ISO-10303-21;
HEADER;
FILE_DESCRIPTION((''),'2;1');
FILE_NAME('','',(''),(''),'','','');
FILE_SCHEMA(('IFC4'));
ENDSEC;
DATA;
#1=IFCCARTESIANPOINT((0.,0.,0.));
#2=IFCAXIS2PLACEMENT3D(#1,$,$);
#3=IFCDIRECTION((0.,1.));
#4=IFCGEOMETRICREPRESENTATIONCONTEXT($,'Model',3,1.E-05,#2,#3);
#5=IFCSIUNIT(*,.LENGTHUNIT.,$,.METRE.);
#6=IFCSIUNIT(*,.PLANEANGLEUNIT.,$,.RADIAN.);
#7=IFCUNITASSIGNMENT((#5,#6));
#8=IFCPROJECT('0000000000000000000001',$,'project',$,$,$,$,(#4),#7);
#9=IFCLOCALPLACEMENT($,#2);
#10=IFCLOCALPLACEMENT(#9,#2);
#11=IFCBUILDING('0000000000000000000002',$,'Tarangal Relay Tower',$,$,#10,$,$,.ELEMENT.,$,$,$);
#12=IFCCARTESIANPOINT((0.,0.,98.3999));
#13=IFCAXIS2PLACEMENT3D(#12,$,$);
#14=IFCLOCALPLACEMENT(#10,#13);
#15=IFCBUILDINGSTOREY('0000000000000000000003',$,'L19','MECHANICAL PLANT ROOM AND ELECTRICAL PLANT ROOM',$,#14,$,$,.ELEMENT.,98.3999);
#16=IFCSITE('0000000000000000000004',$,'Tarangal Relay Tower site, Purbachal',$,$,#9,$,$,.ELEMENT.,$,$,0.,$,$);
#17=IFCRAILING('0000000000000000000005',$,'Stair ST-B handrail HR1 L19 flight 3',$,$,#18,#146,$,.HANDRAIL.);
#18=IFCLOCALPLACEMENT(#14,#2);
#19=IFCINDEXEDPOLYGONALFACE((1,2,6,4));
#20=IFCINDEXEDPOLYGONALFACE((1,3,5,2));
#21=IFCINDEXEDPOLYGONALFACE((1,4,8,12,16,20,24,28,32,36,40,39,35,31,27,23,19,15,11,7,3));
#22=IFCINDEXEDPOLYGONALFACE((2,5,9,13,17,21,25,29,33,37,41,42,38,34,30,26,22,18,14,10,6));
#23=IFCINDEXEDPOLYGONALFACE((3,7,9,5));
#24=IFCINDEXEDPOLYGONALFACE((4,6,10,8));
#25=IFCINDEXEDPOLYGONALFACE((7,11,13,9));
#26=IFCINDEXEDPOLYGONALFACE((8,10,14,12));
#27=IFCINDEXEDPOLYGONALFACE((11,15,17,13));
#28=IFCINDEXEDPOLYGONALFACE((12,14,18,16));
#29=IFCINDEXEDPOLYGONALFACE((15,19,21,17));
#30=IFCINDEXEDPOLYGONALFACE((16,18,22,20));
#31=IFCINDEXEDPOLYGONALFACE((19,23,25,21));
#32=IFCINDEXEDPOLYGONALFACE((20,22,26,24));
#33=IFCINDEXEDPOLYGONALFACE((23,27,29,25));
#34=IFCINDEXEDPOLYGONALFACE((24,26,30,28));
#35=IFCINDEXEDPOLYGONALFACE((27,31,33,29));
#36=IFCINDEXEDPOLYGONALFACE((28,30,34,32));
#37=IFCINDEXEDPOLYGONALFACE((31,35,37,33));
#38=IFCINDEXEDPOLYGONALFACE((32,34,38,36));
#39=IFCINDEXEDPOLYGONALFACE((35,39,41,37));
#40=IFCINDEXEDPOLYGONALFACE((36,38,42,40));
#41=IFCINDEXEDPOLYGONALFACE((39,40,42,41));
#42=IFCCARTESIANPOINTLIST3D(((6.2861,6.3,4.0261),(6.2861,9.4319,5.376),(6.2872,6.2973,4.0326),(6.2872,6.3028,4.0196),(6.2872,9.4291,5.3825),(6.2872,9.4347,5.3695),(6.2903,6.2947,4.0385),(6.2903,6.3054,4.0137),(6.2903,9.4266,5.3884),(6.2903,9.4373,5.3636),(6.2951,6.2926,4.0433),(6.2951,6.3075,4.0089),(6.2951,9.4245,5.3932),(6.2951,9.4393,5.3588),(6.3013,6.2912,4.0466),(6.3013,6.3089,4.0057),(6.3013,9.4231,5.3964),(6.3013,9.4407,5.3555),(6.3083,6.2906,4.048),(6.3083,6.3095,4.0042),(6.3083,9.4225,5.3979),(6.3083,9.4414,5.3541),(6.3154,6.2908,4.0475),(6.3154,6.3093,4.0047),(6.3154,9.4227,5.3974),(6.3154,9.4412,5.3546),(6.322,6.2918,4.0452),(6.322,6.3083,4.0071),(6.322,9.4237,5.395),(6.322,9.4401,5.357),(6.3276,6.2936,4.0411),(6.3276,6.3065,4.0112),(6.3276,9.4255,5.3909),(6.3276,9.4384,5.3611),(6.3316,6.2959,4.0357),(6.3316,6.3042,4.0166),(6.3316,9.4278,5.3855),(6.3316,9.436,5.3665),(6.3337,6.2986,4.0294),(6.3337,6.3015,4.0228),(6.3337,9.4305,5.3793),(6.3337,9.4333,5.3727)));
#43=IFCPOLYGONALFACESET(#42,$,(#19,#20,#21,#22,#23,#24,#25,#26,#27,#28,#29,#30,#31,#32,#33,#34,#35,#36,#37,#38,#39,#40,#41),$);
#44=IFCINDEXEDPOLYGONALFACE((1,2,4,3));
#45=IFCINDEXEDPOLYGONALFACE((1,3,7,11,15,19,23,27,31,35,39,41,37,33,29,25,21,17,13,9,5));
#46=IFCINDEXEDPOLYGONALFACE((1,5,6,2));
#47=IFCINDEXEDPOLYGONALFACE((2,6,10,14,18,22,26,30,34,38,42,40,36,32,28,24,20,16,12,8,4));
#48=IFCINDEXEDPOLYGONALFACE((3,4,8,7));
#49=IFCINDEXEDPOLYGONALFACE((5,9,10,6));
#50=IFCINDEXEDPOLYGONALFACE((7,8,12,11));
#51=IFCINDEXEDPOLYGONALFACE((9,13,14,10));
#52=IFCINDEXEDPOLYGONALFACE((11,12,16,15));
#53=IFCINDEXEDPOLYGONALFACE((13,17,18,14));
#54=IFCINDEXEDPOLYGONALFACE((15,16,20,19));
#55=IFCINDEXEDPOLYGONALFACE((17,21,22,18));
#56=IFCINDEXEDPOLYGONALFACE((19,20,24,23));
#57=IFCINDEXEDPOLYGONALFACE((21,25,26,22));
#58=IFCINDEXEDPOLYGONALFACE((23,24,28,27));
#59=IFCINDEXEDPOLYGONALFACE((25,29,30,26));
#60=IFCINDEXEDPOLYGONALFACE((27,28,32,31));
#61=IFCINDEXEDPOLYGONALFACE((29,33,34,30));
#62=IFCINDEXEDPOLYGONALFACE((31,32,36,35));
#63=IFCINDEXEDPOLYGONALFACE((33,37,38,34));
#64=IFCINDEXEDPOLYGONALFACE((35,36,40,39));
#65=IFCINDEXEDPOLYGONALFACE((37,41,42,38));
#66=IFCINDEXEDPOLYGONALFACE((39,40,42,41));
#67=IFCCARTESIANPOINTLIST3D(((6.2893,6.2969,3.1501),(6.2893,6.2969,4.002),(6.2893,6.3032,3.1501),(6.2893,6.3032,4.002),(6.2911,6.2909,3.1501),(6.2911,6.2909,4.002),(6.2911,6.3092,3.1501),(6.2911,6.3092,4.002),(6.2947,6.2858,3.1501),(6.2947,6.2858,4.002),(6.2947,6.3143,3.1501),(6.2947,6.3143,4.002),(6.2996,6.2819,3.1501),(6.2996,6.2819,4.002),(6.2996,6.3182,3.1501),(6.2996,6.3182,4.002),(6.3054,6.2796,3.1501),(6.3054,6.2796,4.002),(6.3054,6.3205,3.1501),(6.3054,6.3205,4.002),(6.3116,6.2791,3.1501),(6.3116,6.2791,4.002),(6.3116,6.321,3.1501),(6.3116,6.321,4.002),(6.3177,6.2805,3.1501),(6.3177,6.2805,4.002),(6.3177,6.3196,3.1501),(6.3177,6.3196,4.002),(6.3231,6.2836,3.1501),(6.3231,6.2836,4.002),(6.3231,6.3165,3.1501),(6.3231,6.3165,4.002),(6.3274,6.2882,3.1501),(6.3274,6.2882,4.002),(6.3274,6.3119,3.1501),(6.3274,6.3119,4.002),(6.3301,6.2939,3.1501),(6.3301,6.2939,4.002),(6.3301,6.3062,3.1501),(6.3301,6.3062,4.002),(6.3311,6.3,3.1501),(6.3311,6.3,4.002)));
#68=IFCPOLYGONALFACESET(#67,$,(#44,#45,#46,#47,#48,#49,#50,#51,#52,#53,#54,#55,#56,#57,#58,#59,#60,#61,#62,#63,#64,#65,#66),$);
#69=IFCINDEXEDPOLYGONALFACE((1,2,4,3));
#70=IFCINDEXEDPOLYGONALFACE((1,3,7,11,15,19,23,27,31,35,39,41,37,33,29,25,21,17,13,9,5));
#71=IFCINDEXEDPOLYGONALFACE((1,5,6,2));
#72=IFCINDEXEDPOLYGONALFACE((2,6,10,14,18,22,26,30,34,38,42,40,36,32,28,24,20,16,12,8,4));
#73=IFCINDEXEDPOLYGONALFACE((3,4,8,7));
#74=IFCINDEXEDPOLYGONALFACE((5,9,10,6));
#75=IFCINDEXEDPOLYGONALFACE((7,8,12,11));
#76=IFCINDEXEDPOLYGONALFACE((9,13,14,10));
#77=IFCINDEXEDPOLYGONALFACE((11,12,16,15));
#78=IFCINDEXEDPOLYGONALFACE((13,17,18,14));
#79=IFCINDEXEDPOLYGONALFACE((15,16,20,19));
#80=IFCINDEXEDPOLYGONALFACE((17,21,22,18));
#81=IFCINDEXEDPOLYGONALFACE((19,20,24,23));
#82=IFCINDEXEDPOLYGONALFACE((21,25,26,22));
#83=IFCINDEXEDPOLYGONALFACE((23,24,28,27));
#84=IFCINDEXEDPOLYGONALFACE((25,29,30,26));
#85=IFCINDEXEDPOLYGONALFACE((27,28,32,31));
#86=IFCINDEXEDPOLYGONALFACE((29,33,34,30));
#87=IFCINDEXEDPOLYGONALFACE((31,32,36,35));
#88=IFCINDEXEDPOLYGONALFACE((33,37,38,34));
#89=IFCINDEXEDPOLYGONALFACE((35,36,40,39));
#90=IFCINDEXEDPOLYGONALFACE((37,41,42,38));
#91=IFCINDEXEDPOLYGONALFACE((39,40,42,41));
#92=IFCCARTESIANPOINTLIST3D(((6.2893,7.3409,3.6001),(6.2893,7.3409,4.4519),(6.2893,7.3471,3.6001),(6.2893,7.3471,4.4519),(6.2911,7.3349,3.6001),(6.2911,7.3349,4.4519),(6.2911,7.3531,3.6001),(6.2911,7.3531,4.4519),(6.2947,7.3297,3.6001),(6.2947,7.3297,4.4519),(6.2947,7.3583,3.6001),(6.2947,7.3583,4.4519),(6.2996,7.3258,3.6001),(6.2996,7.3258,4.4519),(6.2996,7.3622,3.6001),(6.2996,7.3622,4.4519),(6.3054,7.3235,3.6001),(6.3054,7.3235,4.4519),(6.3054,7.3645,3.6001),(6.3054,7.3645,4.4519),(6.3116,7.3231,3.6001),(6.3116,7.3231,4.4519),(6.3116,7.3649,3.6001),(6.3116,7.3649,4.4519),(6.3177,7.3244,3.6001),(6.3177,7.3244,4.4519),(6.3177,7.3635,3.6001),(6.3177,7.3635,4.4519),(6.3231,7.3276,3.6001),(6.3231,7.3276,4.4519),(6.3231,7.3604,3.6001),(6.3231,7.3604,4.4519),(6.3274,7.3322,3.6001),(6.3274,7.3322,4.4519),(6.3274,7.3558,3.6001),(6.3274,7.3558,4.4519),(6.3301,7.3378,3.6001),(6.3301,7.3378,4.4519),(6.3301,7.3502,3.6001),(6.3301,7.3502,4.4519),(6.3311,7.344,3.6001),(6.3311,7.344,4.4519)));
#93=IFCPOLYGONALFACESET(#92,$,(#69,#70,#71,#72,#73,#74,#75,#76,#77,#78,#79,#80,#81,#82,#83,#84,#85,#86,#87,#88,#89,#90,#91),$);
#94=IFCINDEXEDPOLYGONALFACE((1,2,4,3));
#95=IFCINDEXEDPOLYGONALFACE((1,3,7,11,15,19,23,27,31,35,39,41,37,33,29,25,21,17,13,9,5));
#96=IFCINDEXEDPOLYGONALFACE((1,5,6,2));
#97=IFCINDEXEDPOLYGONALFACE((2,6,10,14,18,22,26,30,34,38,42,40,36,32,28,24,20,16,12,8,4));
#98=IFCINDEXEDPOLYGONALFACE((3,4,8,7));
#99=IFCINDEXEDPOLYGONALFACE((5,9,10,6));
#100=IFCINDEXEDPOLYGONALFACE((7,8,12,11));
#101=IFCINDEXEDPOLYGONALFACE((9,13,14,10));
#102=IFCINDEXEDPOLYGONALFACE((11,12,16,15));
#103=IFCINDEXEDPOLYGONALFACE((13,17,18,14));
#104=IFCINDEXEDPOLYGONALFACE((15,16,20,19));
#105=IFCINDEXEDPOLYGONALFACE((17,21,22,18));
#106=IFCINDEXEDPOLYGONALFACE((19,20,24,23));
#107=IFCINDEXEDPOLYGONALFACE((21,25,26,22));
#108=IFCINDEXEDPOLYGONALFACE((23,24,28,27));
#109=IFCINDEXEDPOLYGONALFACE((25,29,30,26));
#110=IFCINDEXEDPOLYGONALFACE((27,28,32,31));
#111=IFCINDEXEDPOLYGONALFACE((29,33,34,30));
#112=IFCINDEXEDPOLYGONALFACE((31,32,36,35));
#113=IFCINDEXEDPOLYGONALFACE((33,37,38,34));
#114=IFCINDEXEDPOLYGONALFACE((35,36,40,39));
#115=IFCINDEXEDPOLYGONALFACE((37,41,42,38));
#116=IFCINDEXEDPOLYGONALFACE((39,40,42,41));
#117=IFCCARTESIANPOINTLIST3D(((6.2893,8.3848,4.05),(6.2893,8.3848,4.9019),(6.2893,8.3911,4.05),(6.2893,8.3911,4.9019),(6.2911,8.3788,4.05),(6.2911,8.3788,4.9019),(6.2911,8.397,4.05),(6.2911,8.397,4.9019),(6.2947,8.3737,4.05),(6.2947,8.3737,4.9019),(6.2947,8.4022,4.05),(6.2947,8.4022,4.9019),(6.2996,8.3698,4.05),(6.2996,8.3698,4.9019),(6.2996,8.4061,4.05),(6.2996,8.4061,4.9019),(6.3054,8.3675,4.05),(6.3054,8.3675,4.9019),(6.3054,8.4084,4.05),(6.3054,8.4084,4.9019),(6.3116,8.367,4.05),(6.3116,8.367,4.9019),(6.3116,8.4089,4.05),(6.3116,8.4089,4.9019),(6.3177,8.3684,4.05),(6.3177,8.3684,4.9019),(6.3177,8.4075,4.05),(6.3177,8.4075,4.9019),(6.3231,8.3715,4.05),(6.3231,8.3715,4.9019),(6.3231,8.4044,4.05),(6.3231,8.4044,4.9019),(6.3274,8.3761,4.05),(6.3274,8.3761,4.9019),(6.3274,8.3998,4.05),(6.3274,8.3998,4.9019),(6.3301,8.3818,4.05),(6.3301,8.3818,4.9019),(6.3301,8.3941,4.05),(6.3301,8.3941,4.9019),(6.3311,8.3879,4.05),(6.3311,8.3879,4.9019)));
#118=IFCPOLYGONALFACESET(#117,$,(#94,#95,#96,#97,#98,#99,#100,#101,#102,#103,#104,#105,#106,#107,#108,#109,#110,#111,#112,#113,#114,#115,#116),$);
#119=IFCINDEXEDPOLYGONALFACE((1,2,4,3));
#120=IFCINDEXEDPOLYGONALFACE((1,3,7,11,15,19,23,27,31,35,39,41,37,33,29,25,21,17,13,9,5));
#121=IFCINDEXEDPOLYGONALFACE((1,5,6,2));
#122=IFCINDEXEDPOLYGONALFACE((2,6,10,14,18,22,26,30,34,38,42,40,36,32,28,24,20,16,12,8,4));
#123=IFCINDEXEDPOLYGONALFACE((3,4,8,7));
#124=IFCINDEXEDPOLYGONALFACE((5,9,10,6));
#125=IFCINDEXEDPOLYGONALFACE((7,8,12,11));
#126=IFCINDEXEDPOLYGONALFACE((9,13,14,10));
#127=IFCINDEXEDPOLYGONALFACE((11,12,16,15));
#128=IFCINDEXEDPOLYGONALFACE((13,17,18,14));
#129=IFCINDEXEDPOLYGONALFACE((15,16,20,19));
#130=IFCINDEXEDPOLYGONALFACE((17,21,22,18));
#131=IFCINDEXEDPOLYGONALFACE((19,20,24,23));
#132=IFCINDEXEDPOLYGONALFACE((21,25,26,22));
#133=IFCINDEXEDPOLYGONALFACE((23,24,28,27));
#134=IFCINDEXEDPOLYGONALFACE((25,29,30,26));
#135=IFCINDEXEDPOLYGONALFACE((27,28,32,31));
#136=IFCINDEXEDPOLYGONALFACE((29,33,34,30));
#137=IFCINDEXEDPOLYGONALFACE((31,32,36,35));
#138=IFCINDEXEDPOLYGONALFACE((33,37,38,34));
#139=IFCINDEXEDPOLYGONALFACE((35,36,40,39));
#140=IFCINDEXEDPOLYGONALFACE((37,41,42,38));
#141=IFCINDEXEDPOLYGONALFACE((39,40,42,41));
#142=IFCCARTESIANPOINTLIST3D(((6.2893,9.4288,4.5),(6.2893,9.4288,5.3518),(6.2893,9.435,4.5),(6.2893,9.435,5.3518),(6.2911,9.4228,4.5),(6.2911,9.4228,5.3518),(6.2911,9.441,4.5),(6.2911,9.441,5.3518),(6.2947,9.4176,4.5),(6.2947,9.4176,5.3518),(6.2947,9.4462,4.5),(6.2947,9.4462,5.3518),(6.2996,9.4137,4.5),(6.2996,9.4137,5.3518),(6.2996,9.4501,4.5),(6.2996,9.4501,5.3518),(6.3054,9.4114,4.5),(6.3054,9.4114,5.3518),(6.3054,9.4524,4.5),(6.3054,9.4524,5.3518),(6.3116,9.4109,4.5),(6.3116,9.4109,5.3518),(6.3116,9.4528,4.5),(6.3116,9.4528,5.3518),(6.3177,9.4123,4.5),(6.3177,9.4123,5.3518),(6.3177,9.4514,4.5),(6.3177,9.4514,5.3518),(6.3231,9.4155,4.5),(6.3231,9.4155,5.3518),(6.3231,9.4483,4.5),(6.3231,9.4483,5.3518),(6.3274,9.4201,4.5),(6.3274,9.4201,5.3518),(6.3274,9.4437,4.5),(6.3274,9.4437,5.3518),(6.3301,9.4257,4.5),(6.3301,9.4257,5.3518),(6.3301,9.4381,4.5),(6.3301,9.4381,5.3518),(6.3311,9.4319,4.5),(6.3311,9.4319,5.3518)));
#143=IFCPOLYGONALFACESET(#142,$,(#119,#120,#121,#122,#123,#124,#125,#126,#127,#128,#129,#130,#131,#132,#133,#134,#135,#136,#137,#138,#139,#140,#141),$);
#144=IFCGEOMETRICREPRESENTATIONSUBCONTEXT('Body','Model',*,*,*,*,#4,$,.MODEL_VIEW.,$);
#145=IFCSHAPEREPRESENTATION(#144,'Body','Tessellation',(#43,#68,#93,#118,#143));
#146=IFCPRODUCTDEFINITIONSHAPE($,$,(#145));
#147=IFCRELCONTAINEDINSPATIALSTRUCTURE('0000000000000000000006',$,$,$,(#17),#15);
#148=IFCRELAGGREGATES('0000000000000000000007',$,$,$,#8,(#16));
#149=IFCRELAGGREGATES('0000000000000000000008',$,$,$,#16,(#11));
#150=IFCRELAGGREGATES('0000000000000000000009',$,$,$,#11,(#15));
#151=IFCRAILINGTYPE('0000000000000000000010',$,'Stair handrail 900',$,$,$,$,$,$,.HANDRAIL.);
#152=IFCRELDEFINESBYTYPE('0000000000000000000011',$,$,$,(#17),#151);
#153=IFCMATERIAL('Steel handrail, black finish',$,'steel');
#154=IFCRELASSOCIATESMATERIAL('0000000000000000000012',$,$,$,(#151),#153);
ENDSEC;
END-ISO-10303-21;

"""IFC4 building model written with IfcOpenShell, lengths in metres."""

from ifc_helpers import new_model, si_unit, direction, frame, origin, origin_2d, place, context, subcontext, project, spatial, circle, extrude, material, type_object, element, save


model = new_model("IFC4")

# Units and contexts
model_context = context("Model", 3, precision=1e-05, world=origin(), true_north=direction((0.0, 1.0)))
body_context = subcontext(model_context, "Body", "Model", "MODEL_VIEW")
ifc_project = project(units=[si_unit("LENGTHUNIT", "METRE"), si_unit("PLANEANGLEUNIT", "RADIAN")], contexts=[model_context])

# Site, building, storey
site_placement = place(None, origin())
site = spatial("IfcSite", under=ifc_project, at=site_placement, Name="Tarangal Relay Tower site, Purbachal", CompositionType="ELEMENT", RefElevation=0.0)
building_placement = place(site_placement, origin())
building = spatial("IfcBuilding", under=site, at=building_placement, Name="Tarangal Relay Tower", CompositionType="ELEMENT")
storey_placement = place(building_placement, frame((0.0, 0.0, 98.3999)))
storey = spatial("IfcBuildingStorey", under=building, at=storey_placement, Name="L19", Description="MECHANICAL PLANT ROOM AND ELECTRICAL PLANT ROOM", CompositionType="ELEMENT", Elevation=98.3999)

# Railing
ifc_material_1 = material(Name="Steel handrail, black finish", Category="steel")
railing_type_1 = type_object("IfcRailingType", Name="Stair handrail 900", PredefinedType="HANDRAIL", material=ifc_material_1)
for number, where, name in (
    (1, (6.3101, 6.3, 3.1501), "Stair ST-B handrail HR1 L19 flight 3"),
):
    element("IfcRailing", number, at=place(storey_placement, frame(where)), inside=storey, type_object=railing_type_1, Name=name, PredefinedType="HANDRAIL", context=body_context, shape_type="SweptSolid", body=[
        extrude(circle(Radius=0.0239, at=origin_2d()), frame((0.0, 0.0, 0.876), z_axis=(0.0, 0.918332, 0.395811), x_axis=(-1.0, 0.0, 0.0)), (0.0, 0.0, 1.0), 3.4104),
        extrude(circle(Radius=0.021, at=origin_2d()), origin(), (0.0, 0.0, 1.0), 0.8518),
        extrude(circle(Radius=0.021, at=origin_2d()), frame((0.0, 1.0439, 0.45)), (0.0, 0.0, 1.0), 0.8518),
        extrude(circle(Radius=0.021, at=origin_2d()), frame((0.0, 2.0879, 0.8999)), (0.0, 0.0, 1.0), 0.8518),
        extrude(circle(Radius=0.021, at=origin_2d()), frame((0.0, 3.1318, 1.3499)), (0.0, 0.0, 1.0), 0.8518),
    ])

save(model, "model.ifc")
